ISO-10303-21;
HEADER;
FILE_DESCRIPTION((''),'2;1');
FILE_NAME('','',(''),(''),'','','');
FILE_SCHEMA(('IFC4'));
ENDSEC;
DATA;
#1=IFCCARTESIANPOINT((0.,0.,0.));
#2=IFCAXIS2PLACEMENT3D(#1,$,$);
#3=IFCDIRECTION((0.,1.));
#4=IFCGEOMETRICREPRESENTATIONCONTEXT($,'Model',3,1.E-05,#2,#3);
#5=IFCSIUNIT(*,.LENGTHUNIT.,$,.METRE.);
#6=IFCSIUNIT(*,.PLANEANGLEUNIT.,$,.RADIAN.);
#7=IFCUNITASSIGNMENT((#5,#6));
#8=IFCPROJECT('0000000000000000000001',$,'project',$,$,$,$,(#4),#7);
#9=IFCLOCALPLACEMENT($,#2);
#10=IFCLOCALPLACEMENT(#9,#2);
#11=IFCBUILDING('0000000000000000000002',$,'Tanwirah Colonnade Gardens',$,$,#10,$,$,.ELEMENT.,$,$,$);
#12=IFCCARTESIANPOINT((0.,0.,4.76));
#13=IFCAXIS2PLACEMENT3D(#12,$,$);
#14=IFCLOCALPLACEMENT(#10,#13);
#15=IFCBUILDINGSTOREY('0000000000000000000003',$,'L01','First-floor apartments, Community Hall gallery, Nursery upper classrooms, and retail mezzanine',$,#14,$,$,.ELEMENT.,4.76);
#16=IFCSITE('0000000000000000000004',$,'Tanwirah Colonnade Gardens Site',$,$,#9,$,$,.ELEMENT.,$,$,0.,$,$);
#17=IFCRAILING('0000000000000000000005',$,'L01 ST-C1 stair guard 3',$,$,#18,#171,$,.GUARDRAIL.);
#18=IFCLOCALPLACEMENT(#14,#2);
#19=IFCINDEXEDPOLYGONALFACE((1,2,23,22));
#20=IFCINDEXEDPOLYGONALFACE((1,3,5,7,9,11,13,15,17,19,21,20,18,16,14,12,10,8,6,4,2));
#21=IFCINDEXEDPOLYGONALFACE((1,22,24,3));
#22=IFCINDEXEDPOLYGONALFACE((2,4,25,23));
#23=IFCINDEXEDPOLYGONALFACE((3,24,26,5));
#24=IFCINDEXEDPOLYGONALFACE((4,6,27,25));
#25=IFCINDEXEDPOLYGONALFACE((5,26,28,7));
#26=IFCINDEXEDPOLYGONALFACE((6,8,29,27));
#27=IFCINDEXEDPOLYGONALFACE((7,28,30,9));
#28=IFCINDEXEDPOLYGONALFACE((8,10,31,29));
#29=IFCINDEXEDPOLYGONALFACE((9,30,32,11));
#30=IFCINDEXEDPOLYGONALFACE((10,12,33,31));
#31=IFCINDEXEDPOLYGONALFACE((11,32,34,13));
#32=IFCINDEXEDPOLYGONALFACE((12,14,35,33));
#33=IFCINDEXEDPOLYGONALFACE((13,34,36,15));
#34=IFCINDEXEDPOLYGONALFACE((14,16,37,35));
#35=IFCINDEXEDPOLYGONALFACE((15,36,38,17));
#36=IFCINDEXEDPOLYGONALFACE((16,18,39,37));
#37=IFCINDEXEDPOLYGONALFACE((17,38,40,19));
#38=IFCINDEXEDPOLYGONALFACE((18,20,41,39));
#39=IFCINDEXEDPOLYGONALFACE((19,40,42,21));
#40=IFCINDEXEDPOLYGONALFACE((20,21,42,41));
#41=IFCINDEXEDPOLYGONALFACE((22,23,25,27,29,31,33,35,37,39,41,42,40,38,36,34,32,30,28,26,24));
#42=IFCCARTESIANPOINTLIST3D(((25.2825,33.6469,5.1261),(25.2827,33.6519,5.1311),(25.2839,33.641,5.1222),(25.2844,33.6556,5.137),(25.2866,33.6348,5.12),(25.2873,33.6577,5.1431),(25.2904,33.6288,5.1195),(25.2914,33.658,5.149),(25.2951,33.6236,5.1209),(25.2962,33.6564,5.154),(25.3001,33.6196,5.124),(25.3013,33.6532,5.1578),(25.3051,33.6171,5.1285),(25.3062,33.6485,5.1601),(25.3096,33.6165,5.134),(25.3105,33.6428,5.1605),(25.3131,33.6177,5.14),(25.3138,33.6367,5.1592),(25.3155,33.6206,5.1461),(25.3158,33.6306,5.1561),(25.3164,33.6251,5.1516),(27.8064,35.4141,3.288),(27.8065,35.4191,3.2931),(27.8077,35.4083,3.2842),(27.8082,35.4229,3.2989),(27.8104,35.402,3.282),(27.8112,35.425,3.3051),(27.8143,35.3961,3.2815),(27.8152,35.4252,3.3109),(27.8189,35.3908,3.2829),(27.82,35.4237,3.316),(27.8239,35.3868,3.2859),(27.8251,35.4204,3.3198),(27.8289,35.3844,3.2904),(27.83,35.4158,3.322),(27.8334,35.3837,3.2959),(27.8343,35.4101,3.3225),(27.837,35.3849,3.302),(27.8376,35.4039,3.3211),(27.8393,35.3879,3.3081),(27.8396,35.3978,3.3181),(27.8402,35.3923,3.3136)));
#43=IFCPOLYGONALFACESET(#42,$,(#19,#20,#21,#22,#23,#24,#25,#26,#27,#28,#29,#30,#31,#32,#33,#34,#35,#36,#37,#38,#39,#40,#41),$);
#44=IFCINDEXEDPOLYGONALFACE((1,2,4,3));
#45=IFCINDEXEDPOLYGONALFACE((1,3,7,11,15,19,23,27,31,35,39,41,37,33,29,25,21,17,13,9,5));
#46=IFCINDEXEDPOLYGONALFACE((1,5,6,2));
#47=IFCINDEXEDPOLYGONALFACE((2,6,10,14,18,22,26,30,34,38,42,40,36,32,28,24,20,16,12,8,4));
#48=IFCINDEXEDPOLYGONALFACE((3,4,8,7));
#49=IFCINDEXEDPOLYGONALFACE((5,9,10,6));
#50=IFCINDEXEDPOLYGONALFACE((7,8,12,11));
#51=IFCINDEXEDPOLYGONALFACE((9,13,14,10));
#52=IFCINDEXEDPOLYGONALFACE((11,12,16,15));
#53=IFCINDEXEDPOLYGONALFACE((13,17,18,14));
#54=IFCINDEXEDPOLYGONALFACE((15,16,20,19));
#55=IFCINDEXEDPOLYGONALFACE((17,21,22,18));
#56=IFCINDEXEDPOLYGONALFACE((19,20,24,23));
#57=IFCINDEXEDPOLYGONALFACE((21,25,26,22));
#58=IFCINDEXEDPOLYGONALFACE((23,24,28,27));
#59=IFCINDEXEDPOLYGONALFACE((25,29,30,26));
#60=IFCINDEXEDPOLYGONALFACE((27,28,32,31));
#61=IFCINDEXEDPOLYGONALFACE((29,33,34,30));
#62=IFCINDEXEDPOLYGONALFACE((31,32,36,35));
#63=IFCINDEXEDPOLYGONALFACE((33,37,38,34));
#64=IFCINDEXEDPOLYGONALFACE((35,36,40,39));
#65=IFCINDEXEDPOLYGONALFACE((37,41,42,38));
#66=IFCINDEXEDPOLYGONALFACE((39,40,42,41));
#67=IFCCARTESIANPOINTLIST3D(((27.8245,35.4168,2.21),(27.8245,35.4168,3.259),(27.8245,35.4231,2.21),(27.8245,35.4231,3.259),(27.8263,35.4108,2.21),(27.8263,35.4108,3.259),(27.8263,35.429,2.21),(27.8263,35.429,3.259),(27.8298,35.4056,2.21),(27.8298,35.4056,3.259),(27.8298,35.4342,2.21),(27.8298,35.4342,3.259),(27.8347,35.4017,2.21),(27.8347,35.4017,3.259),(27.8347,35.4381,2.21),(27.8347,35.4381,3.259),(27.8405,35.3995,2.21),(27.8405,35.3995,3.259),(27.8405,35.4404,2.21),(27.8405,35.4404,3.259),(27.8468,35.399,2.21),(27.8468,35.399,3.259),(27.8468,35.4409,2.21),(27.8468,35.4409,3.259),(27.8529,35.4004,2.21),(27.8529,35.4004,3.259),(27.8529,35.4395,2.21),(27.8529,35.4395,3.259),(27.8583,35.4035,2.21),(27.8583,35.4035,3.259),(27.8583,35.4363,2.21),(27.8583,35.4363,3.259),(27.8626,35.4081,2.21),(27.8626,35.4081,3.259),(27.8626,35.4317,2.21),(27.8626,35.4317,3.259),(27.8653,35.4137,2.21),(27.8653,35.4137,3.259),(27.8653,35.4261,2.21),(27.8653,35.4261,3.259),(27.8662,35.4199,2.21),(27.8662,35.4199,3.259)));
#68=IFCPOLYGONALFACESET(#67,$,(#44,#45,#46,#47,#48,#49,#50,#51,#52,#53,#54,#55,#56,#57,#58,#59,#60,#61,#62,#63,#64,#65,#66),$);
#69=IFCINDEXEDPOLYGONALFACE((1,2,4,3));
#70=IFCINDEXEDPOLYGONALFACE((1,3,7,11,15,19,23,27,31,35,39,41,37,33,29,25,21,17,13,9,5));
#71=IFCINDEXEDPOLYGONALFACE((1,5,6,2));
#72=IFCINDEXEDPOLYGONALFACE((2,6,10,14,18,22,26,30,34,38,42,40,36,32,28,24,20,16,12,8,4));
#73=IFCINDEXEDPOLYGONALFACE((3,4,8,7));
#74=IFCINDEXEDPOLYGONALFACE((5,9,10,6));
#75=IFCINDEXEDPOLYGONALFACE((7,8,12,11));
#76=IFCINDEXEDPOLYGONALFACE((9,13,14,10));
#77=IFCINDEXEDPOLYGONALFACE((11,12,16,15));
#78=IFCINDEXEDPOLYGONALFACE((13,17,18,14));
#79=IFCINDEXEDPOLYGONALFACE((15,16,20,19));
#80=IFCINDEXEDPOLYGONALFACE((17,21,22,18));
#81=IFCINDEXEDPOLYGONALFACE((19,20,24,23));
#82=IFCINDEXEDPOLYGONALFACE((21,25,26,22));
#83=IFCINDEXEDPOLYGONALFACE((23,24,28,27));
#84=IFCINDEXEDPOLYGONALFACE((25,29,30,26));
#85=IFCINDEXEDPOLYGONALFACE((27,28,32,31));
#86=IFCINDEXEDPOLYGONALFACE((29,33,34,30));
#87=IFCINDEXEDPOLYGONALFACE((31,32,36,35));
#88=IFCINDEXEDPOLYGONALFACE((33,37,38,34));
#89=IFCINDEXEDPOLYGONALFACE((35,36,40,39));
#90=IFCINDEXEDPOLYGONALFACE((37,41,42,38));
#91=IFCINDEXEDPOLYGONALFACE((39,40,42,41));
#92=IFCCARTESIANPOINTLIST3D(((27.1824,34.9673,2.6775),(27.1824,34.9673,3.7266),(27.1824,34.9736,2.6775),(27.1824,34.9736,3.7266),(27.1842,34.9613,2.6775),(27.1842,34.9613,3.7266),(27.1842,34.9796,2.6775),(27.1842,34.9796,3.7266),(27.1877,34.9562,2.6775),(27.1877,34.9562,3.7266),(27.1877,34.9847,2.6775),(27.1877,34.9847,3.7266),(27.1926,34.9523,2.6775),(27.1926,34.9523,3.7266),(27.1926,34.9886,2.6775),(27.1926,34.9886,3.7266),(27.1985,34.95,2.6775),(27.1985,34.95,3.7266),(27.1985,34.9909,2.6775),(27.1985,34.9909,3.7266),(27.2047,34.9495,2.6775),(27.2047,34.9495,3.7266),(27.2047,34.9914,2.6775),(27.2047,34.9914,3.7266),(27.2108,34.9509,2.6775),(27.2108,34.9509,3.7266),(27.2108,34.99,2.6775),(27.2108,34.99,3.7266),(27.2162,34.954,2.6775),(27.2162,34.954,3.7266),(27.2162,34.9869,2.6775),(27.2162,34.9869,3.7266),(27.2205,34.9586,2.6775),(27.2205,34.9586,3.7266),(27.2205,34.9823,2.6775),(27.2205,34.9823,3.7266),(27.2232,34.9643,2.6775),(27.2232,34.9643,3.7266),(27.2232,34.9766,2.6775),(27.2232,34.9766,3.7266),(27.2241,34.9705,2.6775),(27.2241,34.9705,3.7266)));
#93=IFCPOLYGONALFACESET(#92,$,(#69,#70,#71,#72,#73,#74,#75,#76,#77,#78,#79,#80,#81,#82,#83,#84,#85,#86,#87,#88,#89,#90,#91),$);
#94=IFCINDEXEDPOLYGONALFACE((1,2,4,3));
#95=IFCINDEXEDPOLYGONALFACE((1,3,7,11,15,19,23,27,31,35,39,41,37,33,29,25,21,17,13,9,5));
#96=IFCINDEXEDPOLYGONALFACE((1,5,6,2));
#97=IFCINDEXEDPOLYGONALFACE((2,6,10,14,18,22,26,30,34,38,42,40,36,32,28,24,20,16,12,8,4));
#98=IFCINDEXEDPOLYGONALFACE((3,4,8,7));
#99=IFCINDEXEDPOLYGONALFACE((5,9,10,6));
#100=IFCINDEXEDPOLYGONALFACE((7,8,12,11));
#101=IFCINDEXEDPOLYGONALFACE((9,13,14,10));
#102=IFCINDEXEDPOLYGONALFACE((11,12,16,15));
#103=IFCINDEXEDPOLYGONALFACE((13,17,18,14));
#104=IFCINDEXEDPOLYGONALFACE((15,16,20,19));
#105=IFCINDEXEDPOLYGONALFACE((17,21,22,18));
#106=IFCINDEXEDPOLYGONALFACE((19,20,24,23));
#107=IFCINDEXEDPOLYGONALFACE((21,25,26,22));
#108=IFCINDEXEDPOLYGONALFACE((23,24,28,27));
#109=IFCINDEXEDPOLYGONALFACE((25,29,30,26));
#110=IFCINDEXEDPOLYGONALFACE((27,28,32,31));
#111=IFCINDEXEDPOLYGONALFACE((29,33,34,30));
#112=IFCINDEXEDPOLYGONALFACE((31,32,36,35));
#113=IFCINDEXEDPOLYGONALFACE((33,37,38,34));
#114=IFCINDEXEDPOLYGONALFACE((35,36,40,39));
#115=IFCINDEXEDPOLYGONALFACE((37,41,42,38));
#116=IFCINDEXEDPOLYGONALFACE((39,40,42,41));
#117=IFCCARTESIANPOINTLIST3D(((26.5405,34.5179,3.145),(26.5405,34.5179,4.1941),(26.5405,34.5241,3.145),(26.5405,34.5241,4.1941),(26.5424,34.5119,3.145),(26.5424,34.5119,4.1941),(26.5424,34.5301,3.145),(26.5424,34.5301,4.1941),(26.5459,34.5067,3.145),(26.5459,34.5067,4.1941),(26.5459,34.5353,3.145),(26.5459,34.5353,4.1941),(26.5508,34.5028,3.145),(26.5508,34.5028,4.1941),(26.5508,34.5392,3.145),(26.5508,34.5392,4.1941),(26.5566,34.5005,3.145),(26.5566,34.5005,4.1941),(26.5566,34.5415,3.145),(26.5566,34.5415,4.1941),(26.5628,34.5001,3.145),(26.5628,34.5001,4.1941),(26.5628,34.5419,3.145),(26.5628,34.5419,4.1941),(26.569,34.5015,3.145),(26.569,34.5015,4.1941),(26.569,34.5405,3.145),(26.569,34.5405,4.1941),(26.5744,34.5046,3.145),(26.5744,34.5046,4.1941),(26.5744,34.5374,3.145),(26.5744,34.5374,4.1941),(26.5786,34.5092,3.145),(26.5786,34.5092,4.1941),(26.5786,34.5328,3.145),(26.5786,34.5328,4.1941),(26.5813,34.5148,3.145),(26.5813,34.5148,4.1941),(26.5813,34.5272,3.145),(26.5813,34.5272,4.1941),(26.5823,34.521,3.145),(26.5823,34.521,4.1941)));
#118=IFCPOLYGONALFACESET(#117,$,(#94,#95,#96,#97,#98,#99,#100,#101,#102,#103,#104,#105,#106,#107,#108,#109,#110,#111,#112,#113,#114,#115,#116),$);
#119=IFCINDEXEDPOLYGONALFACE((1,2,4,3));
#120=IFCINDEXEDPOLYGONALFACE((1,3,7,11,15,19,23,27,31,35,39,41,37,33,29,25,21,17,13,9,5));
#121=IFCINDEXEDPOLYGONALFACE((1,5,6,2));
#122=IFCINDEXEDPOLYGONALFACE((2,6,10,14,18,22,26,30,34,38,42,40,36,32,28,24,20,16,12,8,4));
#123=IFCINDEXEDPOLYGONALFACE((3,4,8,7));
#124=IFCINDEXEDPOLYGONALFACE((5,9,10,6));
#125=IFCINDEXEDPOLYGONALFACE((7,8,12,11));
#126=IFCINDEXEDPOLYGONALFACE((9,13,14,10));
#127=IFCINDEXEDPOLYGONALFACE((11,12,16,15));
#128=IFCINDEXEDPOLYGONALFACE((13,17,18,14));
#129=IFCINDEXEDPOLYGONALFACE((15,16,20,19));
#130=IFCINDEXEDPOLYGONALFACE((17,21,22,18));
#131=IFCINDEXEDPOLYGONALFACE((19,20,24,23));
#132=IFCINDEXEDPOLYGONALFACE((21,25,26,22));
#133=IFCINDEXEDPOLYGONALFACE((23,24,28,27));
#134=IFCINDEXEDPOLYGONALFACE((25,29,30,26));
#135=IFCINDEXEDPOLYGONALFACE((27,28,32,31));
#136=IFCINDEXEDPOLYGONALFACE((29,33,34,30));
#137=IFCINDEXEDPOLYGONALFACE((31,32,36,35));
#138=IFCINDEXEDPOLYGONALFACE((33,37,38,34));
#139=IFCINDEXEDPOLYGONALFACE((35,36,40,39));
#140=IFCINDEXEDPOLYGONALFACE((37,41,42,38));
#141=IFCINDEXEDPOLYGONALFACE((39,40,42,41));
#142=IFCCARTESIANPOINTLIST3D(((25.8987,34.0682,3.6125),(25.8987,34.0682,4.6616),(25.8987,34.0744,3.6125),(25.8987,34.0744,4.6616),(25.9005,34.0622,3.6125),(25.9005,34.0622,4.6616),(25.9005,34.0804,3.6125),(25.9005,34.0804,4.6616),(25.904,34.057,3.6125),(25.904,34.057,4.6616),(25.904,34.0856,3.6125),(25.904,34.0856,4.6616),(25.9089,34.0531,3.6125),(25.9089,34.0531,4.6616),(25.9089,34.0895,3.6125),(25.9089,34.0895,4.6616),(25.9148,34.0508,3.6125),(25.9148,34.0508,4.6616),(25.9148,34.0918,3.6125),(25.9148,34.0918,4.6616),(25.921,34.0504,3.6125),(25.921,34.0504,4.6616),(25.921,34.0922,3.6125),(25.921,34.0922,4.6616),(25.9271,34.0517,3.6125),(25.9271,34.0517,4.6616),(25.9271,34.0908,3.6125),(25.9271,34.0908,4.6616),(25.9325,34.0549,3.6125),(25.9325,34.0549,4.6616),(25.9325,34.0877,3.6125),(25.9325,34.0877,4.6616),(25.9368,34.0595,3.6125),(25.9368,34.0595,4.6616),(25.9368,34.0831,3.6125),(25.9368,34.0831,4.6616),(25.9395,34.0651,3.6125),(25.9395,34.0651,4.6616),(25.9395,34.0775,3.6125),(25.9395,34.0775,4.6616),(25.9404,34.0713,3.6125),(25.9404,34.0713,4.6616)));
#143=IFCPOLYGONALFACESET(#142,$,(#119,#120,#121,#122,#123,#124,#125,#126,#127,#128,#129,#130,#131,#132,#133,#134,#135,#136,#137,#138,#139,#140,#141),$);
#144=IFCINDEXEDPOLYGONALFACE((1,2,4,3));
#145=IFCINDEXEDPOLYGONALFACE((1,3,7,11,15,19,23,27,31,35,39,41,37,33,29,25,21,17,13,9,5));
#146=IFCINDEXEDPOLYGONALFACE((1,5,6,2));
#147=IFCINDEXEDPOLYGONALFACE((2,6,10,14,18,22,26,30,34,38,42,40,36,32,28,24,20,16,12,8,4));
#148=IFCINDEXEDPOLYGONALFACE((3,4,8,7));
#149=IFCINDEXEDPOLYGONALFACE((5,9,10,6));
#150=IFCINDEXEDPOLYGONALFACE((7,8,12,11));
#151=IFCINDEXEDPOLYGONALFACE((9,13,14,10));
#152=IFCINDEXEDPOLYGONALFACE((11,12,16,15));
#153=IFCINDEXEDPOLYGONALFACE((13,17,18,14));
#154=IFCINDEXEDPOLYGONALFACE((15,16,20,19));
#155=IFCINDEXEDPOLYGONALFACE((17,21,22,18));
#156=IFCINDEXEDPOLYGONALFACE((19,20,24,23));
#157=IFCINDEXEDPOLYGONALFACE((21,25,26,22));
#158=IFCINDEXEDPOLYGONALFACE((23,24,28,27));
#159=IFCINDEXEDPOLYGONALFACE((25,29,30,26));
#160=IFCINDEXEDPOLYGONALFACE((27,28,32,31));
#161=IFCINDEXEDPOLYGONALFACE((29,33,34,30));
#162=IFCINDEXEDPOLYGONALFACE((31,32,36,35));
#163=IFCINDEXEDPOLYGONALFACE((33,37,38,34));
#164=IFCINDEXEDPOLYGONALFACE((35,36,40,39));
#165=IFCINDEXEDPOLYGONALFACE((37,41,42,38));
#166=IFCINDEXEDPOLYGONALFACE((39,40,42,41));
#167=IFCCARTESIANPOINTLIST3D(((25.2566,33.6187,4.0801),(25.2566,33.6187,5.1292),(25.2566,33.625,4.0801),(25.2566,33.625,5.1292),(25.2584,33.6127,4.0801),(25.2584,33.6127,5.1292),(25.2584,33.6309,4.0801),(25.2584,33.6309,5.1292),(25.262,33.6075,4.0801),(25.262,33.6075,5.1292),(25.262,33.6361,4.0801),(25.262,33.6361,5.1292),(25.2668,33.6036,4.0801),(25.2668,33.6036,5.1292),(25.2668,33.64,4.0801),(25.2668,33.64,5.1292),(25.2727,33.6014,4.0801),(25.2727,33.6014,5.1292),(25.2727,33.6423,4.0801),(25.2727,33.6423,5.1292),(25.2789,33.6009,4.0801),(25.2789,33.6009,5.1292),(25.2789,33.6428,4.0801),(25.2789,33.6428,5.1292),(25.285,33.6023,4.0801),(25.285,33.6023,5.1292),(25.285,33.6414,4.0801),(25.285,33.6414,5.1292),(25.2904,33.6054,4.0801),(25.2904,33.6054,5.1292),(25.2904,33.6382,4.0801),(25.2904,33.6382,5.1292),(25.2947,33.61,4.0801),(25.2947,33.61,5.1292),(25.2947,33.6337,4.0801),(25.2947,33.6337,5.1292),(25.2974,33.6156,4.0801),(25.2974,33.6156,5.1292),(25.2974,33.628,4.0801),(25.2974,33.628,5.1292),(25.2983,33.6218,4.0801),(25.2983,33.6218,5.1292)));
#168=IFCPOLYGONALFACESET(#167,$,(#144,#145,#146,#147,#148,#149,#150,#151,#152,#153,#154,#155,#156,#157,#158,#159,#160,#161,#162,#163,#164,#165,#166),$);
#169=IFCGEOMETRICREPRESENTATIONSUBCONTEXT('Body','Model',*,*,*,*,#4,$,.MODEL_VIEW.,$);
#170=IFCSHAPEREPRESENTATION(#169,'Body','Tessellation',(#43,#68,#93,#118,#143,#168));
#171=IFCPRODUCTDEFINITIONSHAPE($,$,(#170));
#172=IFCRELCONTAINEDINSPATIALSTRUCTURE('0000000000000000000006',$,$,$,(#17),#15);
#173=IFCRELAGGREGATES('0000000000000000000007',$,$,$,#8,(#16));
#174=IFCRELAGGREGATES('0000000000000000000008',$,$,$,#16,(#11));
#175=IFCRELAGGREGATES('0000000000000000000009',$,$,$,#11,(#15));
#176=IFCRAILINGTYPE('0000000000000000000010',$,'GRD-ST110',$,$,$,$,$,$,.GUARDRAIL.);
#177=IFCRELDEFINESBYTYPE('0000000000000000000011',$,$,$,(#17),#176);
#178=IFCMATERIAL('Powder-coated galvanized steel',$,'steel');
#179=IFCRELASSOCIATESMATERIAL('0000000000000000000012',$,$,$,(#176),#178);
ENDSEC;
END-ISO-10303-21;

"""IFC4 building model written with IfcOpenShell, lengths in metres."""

from ifc_helpers import new_model, si_unit, direction, frame, origin, origin_2d, place, context, subcontext, project, spatial, circle, extrude, material, type_object, element, save


model = new_model("IFC4")

# Units and contexts
model_context = context("Model", 3, precision=1e-05, world=origin(), true_north=direction((0.0, 1.0)))
body_context = subcontext(model_context, "Body", "Model", "MODEL_VIEW")
ifc_project = project(units=[si_unit("LENGTHUNIT", "METRE"), si_unit("PLANEANGLEUNIT", "RADIAN")], contexts=[model_context])

# Site, building, storey
site_placement = place(None, origin())
site = spatial("IfcSite", under=ifc_project, at=site_placement, Name="Tanwirah Colonnade Gardens Site", CompositionType="ELEMENT", RefElevation=0.0)
building_placement = place(site_placement, origin())
building = spatial("IfcBuilding", under=site, at=building_placement, Name="Tanwirah Colonnade Gardens", CompositionType="ELEMENT")
storey_placement = place(building_placement, frame((0.0, 0.0, 4.76)))
storey = spatial("IfcBuildingStorey", under=building, at=storey_placement, Name="L01", Description="First-floor apartments, Community Hall gallery, Nursery upper classrooms, and retail mezzanine", CompositionType="ELEMENT", Elevation=4.76)

# Railing
ifc_material_1 = material(Name="Powder-coated galvanized steel", Category="steel")
railing_type_1 = type_object("IfcRailingType", Name="GRD-ST110", PredefinedType="GUARDRAIL", material=ifc_material_1)
railing_1_placement = place(storey_placement, frame((27.8452, 35.4199, 2.21)))
element("IfcRailing", 1, at=railing_1_placement, inside=storey, type_object=railing_type_1, Name="L01 ST-C1 stair guard 3", PredefinedType="GUARDRAIL", context=body_context, shape_type="SweptSolid", body=[
    extrude(circle(Radius=0.0239, at=origin_2d()), frame((-0.022, -0.0154, 1.092), z_axis=(-0.703475, -0.492593, 0.512323), x_axis=(0.573588, -0.819144, 0.0)), (0.0, 0.0, 1.0), 3.5876),
    extrude(circle(Radius=0.021, at=origin_2d()), origin(), (0.0, 0.0, 1.0), 1.0491),
    extrude(circle(Radius=0.021, at=origin_2d()), frame((-0.6421, -0.4495, 0.4675)), (0.0, 0.0, 1.0), 1.0491),
    extrude(circle(Radius=0.021, at=origin_2d()), frame((-1.2839, -0.8989, 0.9351)), (0.0, 0.0, 1.0), 1.0491),
    extrude(circle(Radius=0.021, at=origin_2d()), frame((-1.9258, -1.3486, 1.4026)), (0.0, 0.0, 1.0), 1.0491),
    extrude(circle(Radius=0.021, at=origin_2d()), frame((-2.5679, -1.7981, 1.8701)), (0.0, 0.0, 1.0), 1.0491),
])

save(model, "model.ifc")
